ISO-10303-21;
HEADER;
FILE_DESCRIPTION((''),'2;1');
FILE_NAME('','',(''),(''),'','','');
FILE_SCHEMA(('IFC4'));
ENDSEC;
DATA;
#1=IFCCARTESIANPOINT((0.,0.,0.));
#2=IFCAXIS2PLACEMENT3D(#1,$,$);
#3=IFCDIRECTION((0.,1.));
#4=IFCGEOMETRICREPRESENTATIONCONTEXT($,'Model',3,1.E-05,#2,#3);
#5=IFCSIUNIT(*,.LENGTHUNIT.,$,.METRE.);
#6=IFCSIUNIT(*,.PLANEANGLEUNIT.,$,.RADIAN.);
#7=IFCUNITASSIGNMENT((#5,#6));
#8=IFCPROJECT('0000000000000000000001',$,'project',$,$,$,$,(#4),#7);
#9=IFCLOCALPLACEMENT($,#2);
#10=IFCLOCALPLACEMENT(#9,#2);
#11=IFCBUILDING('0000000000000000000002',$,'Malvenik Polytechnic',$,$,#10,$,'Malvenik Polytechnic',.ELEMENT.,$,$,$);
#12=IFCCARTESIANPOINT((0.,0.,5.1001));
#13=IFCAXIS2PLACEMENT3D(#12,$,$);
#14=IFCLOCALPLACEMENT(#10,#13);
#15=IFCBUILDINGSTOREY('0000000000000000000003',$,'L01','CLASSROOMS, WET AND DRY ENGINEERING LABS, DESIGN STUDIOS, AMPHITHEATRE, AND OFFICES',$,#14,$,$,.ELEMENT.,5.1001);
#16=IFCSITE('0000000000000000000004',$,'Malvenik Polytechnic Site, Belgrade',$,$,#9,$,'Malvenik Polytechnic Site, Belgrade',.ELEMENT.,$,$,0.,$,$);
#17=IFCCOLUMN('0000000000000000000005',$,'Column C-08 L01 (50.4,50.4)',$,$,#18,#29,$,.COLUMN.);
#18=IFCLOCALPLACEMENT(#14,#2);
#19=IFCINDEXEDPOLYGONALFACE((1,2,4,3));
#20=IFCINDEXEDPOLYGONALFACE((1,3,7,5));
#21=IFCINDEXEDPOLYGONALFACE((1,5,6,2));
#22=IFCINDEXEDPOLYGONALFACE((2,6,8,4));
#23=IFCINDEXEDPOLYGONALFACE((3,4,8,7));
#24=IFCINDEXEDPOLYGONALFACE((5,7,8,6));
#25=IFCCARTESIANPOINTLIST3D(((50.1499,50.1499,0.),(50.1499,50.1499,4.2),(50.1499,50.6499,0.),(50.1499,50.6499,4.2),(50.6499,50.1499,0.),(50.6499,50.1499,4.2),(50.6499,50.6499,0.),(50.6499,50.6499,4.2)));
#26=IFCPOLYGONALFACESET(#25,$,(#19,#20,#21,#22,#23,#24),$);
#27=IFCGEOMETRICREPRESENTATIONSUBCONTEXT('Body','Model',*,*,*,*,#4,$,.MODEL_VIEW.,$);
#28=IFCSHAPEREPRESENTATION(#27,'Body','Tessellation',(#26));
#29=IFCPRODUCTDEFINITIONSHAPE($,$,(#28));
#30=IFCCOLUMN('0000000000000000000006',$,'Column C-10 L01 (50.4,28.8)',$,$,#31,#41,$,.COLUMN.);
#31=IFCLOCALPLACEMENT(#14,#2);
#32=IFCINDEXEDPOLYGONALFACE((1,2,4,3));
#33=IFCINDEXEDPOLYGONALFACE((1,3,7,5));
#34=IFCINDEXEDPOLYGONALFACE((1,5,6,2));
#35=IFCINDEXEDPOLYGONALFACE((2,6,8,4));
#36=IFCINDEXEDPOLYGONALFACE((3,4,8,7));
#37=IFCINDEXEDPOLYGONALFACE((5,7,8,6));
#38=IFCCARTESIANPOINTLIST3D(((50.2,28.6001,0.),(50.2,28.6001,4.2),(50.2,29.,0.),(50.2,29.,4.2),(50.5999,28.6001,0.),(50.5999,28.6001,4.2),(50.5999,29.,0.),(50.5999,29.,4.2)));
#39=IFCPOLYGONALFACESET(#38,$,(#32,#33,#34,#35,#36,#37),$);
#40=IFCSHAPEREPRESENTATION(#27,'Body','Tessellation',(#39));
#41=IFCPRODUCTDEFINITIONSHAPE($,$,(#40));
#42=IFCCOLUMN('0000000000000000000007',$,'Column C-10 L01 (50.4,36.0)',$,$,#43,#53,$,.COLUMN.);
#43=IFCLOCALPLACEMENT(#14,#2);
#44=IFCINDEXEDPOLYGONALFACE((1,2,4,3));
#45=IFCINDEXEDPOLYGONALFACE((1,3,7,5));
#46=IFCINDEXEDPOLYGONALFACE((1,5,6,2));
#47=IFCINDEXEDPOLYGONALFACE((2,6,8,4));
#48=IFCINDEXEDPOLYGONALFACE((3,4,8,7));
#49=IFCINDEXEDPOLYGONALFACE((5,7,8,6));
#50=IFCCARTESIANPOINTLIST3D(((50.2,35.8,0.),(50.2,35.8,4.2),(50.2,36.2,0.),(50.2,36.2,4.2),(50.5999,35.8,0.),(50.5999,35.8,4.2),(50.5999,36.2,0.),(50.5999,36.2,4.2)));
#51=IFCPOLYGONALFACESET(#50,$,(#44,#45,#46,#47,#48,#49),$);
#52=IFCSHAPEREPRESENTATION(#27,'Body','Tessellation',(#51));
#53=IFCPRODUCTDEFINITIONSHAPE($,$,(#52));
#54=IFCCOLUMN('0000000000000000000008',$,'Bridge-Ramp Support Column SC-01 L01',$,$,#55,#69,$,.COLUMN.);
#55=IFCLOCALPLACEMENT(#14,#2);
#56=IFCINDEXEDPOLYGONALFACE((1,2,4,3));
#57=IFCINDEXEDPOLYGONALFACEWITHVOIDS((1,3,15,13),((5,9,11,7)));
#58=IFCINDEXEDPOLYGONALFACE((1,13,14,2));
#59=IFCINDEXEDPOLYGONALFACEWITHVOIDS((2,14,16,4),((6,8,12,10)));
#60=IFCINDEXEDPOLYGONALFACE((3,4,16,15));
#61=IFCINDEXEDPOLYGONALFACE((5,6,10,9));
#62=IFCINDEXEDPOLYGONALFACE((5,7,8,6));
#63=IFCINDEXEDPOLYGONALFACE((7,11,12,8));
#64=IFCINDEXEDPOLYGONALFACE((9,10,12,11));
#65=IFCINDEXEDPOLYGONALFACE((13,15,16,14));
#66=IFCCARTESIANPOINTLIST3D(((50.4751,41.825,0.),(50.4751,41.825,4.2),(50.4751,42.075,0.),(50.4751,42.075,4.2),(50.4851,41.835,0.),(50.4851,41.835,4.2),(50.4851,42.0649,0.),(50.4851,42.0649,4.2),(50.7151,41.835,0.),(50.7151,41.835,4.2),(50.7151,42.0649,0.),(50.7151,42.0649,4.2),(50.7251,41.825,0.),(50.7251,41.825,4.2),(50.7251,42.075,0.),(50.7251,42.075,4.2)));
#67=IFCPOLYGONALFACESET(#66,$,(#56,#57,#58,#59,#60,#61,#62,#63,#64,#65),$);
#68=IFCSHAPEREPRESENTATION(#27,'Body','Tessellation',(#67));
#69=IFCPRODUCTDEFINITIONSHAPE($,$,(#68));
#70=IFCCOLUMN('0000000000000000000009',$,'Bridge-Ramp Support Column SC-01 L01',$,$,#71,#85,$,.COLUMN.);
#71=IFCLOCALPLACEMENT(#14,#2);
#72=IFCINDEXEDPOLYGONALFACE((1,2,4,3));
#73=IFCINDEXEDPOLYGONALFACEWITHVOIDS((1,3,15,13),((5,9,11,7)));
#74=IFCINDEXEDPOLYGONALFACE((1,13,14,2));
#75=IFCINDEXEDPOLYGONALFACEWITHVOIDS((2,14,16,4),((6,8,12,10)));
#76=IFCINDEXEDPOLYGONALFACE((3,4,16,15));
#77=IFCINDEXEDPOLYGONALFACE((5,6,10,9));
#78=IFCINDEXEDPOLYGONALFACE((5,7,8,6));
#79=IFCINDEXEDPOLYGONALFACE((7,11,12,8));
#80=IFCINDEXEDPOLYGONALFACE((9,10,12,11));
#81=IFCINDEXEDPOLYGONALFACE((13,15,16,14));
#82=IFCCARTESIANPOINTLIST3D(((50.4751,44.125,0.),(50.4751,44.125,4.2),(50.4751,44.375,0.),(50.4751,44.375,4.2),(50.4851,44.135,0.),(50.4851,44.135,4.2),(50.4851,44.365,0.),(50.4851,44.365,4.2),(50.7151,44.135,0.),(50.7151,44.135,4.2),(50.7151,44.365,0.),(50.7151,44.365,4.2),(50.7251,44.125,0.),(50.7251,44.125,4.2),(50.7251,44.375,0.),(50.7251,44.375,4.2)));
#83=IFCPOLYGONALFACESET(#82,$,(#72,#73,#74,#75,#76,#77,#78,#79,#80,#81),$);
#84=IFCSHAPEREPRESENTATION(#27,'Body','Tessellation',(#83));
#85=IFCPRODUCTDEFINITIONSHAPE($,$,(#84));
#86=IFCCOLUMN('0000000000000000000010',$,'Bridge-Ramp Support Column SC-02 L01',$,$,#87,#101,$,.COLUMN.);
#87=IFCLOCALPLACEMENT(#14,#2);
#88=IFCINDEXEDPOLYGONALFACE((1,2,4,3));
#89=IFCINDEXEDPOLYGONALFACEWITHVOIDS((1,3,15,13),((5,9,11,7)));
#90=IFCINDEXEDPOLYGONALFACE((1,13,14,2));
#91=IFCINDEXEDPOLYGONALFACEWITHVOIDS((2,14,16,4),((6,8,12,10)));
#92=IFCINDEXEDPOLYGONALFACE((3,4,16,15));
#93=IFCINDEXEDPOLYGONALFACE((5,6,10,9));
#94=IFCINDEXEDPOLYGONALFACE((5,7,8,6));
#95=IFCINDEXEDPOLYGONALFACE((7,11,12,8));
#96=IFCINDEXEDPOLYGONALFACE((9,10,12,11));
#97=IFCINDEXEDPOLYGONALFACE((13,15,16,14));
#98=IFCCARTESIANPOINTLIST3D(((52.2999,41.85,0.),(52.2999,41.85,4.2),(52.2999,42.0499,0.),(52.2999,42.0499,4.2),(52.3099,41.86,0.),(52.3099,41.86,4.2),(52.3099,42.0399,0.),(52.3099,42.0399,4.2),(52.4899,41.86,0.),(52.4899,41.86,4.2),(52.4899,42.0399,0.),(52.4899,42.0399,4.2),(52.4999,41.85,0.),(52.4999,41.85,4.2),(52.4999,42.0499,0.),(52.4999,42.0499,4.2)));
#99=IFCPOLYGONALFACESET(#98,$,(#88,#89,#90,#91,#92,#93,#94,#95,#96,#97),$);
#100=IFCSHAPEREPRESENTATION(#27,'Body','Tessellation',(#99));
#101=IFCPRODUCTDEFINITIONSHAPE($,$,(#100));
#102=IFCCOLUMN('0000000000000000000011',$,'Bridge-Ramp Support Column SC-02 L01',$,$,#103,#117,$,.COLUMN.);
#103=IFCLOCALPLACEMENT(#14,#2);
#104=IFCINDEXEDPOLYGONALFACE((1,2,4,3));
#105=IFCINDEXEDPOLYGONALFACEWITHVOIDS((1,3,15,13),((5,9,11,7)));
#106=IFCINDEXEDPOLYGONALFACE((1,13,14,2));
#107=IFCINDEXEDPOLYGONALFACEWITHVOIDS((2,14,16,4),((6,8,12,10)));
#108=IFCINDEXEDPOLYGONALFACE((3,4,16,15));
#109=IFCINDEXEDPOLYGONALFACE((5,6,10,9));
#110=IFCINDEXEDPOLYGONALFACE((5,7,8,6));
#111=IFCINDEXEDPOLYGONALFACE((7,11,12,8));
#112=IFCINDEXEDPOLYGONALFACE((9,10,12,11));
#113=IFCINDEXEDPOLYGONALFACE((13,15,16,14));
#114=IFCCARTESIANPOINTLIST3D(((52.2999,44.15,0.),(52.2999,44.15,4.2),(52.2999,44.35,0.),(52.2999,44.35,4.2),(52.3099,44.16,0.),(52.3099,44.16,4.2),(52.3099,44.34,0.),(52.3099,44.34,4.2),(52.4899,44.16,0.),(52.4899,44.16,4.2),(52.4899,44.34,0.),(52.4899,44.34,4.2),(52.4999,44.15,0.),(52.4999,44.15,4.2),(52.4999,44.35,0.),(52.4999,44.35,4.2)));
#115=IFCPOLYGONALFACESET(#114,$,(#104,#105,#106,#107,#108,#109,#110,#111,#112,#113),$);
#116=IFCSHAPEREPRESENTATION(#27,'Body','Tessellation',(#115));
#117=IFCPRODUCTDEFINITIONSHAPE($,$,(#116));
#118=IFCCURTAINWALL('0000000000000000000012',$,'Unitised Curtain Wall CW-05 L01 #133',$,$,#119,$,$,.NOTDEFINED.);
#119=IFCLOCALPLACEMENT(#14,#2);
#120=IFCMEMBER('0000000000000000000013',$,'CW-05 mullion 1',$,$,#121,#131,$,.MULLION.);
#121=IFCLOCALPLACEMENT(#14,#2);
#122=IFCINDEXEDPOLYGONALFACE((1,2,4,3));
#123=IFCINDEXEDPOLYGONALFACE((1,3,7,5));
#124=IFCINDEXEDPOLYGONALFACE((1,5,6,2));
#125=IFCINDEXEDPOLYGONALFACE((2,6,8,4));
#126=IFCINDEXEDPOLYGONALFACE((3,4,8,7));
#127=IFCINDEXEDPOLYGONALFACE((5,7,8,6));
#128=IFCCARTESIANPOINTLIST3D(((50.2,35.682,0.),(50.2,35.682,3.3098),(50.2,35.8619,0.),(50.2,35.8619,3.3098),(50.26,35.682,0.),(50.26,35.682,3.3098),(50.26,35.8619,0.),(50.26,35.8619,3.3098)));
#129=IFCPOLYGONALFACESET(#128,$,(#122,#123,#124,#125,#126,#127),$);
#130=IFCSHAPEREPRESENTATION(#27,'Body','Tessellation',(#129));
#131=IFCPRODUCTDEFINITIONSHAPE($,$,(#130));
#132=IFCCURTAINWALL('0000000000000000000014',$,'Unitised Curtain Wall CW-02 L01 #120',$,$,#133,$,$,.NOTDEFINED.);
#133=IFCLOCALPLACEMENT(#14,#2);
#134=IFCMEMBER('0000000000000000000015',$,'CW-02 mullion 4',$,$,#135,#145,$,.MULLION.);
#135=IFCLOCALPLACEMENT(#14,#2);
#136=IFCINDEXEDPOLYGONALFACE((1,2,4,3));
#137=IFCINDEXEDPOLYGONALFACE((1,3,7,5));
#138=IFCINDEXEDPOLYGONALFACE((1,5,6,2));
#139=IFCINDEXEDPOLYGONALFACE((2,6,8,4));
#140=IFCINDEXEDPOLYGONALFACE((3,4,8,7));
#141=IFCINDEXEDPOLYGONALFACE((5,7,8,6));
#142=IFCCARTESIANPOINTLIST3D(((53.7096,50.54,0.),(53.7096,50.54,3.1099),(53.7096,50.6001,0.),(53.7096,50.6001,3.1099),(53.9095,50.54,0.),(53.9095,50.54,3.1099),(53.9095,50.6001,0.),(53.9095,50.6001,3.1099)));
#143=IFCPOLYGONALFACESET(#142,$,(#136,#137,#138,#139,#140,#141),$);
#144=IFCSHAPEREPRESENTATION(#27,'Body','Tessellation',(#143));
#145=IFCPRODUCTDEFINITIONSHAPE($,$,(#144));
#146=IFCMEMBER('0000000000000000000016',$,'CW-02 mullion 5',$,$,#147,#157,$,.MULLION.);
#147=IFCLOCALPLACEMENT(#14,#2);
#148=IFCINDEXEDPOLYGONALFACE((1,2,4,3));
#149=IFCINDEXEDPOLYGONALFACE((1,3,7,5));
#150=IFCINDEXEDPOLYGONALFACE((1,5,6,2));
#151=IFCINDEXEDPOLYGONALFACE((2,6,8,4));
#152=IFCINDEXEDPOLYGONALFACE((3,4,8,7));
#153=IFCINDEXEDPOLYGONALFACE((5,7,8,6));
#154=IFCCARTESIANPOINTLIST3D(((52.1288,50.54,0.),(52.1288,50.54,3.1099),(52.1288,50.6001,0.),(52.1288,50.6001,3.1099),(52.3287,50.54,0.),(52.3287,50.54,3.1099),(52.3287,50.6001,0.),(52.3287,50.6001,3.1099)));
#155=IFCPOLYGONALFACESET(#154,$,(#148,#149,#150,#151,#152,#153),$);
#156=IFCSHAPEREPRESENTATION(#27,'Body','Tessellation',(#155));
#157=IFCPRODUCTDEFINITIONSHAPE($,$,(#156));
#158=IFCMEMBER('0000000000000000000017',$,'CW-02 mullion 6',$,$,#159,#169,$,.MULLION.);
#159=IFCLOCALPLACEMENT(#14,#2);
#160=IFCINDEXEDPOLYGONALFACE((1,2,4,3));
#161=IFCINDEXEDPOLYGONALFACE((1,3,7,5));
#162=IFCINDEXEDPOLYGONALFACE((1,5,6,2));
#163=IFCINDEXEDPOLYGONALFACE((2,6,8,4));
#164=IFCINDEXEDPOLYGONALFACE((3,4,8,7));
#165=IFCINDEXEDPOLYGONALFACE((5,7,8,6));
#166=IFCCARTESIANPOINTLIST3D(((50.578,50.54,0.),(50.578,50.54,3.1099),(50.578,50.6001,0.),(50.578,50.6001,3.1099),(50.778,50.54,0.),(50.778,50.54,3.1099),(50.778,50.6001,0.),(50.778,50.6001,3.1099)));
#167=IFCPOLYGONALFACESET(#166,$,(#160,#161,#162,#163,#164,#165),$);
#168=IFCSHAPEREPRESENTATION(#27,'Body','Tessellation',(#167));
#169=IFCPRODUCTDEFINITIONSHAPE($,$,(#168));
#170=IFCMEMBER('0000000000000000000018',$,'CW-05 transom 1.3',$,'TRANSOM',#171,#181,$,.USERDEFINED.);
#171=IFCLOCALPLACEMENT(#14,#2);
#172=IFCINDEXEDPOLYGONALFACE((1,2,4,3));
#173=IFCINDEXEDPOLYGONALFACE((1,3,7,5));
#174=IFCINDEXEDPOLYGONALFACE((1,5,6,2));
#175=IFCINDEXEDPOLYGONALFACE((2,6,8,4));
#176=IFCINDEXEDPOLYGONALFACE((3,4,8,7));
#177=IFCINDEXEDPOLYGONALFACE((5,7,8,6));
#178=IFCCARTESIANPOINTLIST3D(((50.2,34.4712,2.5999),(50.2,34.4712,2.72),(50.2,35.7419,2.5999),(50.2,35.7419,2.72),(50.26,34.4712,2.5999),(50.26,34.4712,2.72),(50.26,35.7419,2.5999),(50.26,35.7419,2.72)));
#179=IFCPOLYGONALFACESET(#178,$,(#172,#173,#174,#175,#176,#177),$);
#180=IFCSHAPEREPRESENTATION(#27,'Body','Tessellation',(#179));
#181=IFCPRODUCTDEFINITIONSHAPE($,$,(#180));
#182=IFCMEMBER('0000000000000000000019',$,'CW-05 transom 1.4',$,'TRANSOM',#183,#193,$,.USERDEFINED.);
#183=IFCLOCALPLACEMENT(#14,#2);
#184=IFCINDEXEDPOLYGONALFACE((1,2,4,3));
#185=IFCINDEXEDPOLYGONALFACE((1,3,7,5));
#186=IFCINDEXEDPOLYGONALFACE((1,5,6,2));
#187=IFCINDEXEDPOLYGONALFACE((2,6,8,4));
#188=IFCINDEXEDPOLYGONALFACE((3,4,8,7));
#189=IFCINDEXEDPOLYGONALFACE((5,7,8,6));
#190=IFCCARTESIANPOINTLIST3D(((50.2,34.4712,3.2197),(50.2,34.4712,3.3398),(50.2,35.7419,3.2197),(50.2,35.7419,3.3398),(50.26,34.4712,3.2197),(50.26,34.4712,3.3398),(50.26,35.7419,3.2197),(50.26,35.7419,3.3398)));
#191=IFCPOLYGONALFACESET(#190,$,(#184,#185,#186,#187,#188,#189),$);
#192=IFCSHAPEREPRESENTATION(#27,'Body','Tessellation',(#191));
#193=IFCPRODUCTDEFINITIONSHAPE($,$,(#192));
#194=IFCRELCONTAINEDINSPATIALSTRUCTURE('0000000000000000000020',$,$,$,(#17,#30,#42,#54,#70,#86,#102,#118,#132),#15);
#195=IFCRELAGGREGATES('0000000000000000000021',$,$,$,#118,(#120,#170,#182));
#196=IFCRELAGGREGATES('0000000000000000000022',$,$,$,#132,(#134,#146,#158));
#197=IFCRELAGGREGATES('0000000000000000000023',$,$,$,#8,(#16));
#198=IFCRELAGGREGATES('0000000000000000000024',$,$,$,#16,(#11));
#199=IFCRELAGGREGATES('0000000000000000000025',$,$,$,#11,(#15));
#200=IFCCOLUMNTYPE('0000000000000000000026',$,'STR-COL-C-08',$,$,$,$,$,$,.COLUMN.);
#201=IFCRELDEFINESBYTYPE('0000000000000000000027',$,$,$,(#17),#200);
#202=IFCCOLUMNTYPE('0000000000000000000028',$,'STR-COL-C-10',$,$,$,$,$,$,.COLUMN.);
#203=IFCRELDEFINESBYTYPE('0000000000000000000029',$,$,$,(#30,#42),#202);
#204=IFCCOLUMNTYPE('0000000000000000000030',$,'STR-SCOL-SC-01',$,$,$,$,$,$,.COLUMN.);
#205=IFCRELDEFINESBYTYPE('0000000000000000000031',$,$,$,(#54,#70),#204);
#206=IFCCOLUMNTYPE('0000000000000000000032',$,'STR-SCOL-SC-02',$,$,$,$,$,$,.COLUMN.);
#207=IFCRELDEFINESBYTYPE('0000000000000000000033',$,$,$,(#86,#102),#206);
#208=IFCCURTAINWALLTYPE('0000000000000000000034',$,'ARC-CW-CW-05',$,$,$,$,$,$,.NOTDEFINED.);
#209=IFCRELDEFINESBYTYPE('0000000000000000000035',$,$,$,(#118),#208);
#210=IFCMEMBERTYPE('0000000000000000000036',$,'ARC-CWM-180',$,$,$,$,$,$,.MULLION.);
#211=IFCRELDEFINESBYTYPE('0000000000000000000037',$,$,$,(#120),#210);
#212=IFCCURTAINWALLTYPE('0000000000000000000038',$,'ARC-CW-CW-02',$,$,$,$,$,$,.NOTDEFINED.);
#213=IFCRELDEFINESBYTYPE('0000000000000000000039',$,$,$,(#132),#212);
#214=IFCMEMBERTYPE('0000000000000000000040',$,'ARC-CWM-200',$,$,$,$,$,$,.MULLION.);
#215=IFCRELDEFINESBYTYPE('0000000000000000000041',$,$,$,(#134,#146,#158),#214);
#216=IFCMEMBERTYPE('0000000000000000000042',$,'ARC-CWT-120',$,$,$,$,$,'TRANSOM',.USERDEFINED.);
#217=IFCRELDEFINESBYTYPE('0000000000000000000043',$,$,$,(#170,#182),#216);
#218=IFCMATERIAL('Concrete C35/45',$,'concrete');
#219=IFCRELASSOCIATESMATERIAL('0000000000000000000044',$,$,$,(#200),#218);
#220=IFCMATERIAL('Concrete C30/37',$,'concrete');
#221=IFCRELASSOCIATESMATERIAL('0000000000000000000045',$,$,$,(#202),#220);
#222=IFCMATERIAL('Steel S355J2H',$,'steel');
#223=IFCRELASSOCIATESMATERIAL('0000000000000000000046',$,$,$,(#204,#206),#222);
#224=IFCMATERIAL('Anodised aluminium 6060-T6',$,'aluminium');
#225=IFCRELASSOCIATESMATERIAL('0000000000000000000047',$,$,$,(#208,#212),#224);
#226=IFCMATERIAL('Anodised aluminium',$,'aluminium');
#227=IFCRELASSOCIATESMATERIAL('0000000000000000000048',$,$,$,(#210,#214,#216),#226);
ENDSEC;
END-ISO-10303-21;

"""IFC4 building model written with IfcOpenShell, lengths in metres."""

from ifc_helpers import new_model, si_unit, direction, frame, origin, origin_2d, place, context, subcontext, project, spatial, rectangle, hollow_rectangle, extrude, material, material_profile, profile_set, type_object, element, aggregate, save


model = new_model("IFC4")

# Units and contexts
model_context = context("Model", 3, precision=1e-05, world=origin(), true_north=direction((0.0, 1.0)))
body_context = subcontext(model_context, "Body", "Model", "MODEL_VIEW")
ifc_project = project(units=[si_unit("LENGTHUNIT", "METRE"), si_unit("PLANEANGLEUNIT", "RADIAN")], contexts=[model_context])

# Site, building, storey
site_placement = place(None, origin())
site = spatial("IfcSite", under=ifc_project, at=site_placement, Name="Malvenik Polytechnic Site, Belgrade", LongName="Malvenik Polytechnic Site, Belgrade", CompositionType="ELEMENT", RefElevation=0.0)
building_placement = place(site_placement, origin())
building = spatial("IfcBuilding", under=site, at=building_placement, Name="Malvenik Polytechnic", LongName="Malvenik Polytechnic", CompositionType="ELEMENT")
storey_placement = place(building_placement, frame((0.0, 0.0, 5.1001)))
storey = spatial("IfcBuildingStorey", under=building, at=storey_placement, Name="L01", Description="CLASSROOMS, WET AND DRY ENGINEERING LABS, DESIGN STUDIOS, AMPHITHEATRE, AND OFFICES", CompositionType="ELEMENT", Elevation=5.1001)

# Columns
ifc_material_1 = material(Name="Concrete C35/45", Category="concrete")
ifc_material_profile_1 = material_profile(ifc_material_1, rectangle(XDim=0.5, YDim=0.5, at=origin_2d()), Name="RC COL 500x500")
ifc_profile_set_1 = profile_set([ifc_material_profile_1], Name="Concrete C35/45")
column_type_1 = type_object("IfcColumnType", Name="STR-COL-C-08", PredefinedType="COLUMN", material=ifc_profile_set_1)
column_placement = place(storey_placement, frame((50.3999, 50.3999, 0.0), z_axis=(0.0, 0.0, 1.0), x_axis=(1.0, 0.0, 0.0)))
element("IfcColumn", 1, at=column_placement, inside=storey, type_object=column_type_1, Name="Column C-08 L01 (50.4,50.4)", PredefinedType="COLUMN", context=body_context, shape_type="SweptSolid", body=[
    extrude(rectangle(XDim=0.5, YDim=0.5, at=origin_2d()), origin(), (0.0, 0.0, 1.0), 4.2),
])
ifc_material_2 = material(Name="Concrete C30/37", Category="concrete")
ifc_material_profile_2 = material_profile(ifc_material_2, rectangle(XDim=0.3999, YDim=0.3999, at=origin_2d()), Name="RC COL 400x400")
ifc_profile_set_2 = profile_set([ifc_material_profile_2], Name="Concrete C30/37")
column_type_2 = type_object("IfcColumnType", Name="STR-COL-C-10", PredefinedType="COLUMN", material=ifc_profile_set_2)
for number, where, z_axis, x_axis, name in (
    (2, (50.3999, 28.8, 0.0), (0.0, 0.0, 1.0), (1.0, 0.0, 0.0), "Column C-10 L01 (50.4,28.8)"),
    (3, (50.3999, 36.0, 0.0), (0.0, 0.0, 1.0), (1.0, 0.0, 0.0), "Column C-10 L01 (50.4,36.0)"),
):
    element("IfcColumn", number, at=place(storey_placement, frame(where, z_axis=z_axis, x_axis=x_axis)), inside=storey, type_object=column_type_2, Name=name, PredefinedType="COLUMN", context=body_context, shape_type="SweptSolid", body=[
        extrude(rectangle(XDim=0.3999, YDim=0.3999, at=origin_2d()), origin(), (0.0, 0.0, 1.0), 4.2),
    ])
ifc_material_3 = material(Name="Steel S355J2H", Category="steel")
ifc_material_profile_3 = material_profile(ifc_material_3, hollow_rectangle(XDim=0.25, YDim=0.25, WallThickness=0.01, at=origin_2d()), Name="SHS 250x250x10.0")
ifc_profile_set_3 = profile_set([ifc_material_profile_3], Name="Steel S355J2H")
column_type_3 = type_object("IfcColumnType", Name="STR-SCOL-SC-01", PredefinedType="COLUMN", material=ifc_profile_set_3)
for number, where, z_axis, x_axis, name in (
    (4, (50.6001, 41.95, 0.0), (0.0, 0.0, 1.0), (1.0, 0.0, 0.0), "Bridge-Ramp Support Column SC-01 L01"),
    (5, (50.6001, 44.25, 0.0), (0.0, 0.0, 1.0), (1.0, 0.0, 0.0), "Bridge-Ramp Support Column SC-01 L01"),
):
    element("IfcColumn", number, at=place(storey_placement, frame(where, z_axis=z_axis, x_axis=x_axis)), inside=storey, type_object=column_type_3, Name=name, PredefinedType="COLUMN", context=body_context, shape_type="SweptSolid", body=[
        extrude(hollow_rectangle(XDim=0.25, YDim=0.25, WallThickness=0.01, at=origin_2d()), origin(), (0.0, 0.0, 1.0), 4.2),
    ])
ifc_material_profile_4 = material_profile(ifc_material_3, hollow_rectangle(XDim=0.2, YDim=0.2, WallThickness=0.01, at=origin_2d()), Name="SHS 200x200x10.0")
ifc_profile_set_4 = profile_set([ifc_material_profile_4], Name="Steel S355J2H")
column_type_4 = type_object("IfcColumnType", Name="STR-SCOL-SC-02", PredefinedType="COLUMN", material=ifc_profile_set_4)
for number, where, z_axis, x_axis, name in (
    (6, (52.3999, 41.95, 0.0), (0.0, 0.0, 1.0), (1.0, 0.0, 0.0), "Bridge-Ramp Support Column SC-02 L01"),
    (7, (52.3999, 44.25, 0.0), (0.0, 0.0, 1.0), (1.0, 0.0, 0.0), "Bridge-Ramp Support Column SC-02 L01"),
):
    element("IfcColumn", number, at=place(storey_placement, frame(where, z_axis=z_axis, x_axis=x_axis)), inside=storey, type_object=column_type_4, Name=name, PredefinedType="COLUMN", context=body_context, shape_type="SweptSolid", body=[
        extrude(hollow_rectangle(XDim=0.2, YDim=0.2, WallThickness=0.01, at=origin_2d()), origin(), (0.0, 0.0, 1.0), 4.2),
    ])

# Curtain wall, member
ifc_material_4 = material(Name="Anodised aluminium 6060-T6", Category="aluminium")
curtain_wall_type_1 = type_object("IfcCurtainWallType", Name="ARC-CW-CW-05", PredefinedType="NOTDEFINED", material=ifc_material_4)
curtain_wall_1_placement = place(storey_placement, origin())
curtain_wall_1 = element("IfcCurtainWall", 8, at=curtain_wall_1_placement, inside=storey, type_object=curtain_wall_type_1, Name="Unitised Curtain Wall CW-05 L01 #133", PredefinedType="NOTDEFINED")
ifc_material_5 = material(Name="Anodised aluminium", Category="aluminium")
ifc_material_profile_5 = material_profile(ifc_material_5, rectangle(XDim=0.0601, YDim=0.1799, at=origin_2d()), Name="ALU MULLION 60x180")
ifc_profile_set_5 = profile_set([ifc_material_profile_5], Name="Anodised aluminium")
member_type_1 = type_object("IfcMemberType", Name="ARC-CWM-180", PredefinedType="MULLION", material=ifc_profile_set_5)
member_1_placement = place(storey_placement, frame((50.23, 35.772, 0.0), z_axis=(0.0, 0.0, 1.0), x_axis=(1.0, 0.0, 0.0)))
member_1 = element("IfcMember", 9, at=member_1_placement, type_object=member_type_1, Name="CW-05 mullion 1", PredefinedType="MULLION", context=body_context, shape_type="SweptSolid", body=[
    extrude(rectangle(XDim=0.0601, YDim=0.1799, at=origin_2d()), origin(), (0.0, 0.0, 1.0), 3.3098),
])

# Curtain wall, members
curtain_wall_type_2 = type_object("IfcCurtainWallType", Name="ARC-CW-CW-02", PredefinedType="NOTDEFINED", material=ifc_material_4)
curtain_wall_2_placement = place(storey_placement, origin())
curtain_wall_2 = element("IfcCurtainWall", 10, at=curtain_wall_2_placement, inside=storey, type_object=curtain_wall_type_2, Name="Unitised Curtain Wall CW-02 L01 #120", PredefinedType="NOTDEFINED")
ifc_material_profile_6 = material_profile(ifc_material_5, rectangle(XDim=0.0601, YDim=0.2, at=origin_2d()), Name="ALU MULLION 60x200")
ifc_profile_set_6 = profile_set([ifc_material_profile_6], Name="Anodised aluminium")
member_type_2 = type_object("IfcMemberType", Name="ARC-CWM-200", PredefinedType="MULLION", material=ifc_profile_set_6)
member_2_placement = place(storey_placement, frame((53.8096, 50.5701, 0.0), z_axis=(0.0, 0.0, 1.0), x_axis=(0.0, -1.0, 0.0)))
member_2 = element("IfcMember", 11, at=member_2_placement, type_object=member_type_2, Name="CW-02 mullion 4", PredefinedType="MULLION", context=body_context, shape_type="SweptSolid", body=[
    extrude(rectangle(XDim=0.0601, YDim=0.2, at=origin_2d()), origin(), (0.0, 0.0, 1.0), 3.1099),
])
member_3_placement = place(storey_placement, frame((52.2288, 50.5701, 0.0), z_axis=(0.0, 0.0, 1.0), x_axis=(0.0, -1.0, 0.0)))
member_3 = element("IfcMember", 12, at=member_3_placement, type_object=member_type_2, Name="CW-02 mullion 5", PredefinedType="MULLION", context=body_context, shape_type="SweptSolid", body=[
    extrude(rectangle(XDim=0.0601, YDim=0.2, at=origin_2d()), origin(), (0.0, 0.0, 1.0), 3.1099),
])
member_4_placement = place(storey_placement, frame((50.678, 50.5701, 0.0), z_axis=(0.0, 0.0, 1.0), x_axis=(0.0, -1.0, 0.0)))
member_4 = element("IfcMember", 13, at=member_4_placement, type_object=member_type_2, Name="CW-02 mullion 6", PredefinedType="MULLION", context=body_context, shape_type="SweptSolid", body=[
    extrude(rectangle(XDim=0.0601, YDim=0.2, at=origin_2d()), origin(), (0.0, 0.0, 1.0), 3.1099),
])

# Members
ifc_material_profile_7 = material_profile(ifc_material_5, rectangle(XDim=0.0601, YDim=0.1201, at=origin_2d()), Name="ALU TRANSOM 60x120")
ifc_profile_set_7 = profile_set([ifc_material_profile_7], Name="Anodised aluminium")
member_type_3 = type_object("IfcMemberType", Name="ARC-CWT-120", ElementType="TRANSOM", PredefinedType="USERDEFINED", material=ifc_profile_set_7)
member_5_placement = place(storey_placement, frame((50.23, 35.7419, 2.6599), z_axis=(0.0, -1.0, 0.0), x_axis=(1.0, 0.0, 0.0)))
member_5 = element("IfcMember", 14, at=member_5_placement, type_object=member_type_3, Name="CW-05 transom 1.3", ObjectType="TRANSOM", PredefinedType="USERDEFINED", context=body_context, shape_type="SweptSolid", body=[
    extrude(rectangle(XDim=0.0601, YDim=0.1201, at=origin_2d()), origin(), (0.0, 0.0, 1.0), 1.2708),
])
member_6_placement = place(storey_placement, frame((50.23, 35.7419, 3.2798), z_axis=(0.0, -1.0, 0.0), x_axis=(1.0, 0.0, 0.0)))
member_6 = element("IfcMember", 15, at=member_6_placement, type_object=member_type_3, Name="CW-05 transom 1.4", ObjectType="TRANSOM", PredefinedType="USERDEFINED", context=body_context, shape_type="SweptSolid", body=[
    extrude(rectangle(XDim=0.0601, YDim=0.1201, at=origin_2d()), origin(), (0.0, 0.0, 1.0), 1.2708),
])
aggregate(curtain_wall_1, [member_1, member_5, member_6])

aggregate(curtain_wall_2, [member_2, member_3, member_4])

save(model, "model.ifc")
